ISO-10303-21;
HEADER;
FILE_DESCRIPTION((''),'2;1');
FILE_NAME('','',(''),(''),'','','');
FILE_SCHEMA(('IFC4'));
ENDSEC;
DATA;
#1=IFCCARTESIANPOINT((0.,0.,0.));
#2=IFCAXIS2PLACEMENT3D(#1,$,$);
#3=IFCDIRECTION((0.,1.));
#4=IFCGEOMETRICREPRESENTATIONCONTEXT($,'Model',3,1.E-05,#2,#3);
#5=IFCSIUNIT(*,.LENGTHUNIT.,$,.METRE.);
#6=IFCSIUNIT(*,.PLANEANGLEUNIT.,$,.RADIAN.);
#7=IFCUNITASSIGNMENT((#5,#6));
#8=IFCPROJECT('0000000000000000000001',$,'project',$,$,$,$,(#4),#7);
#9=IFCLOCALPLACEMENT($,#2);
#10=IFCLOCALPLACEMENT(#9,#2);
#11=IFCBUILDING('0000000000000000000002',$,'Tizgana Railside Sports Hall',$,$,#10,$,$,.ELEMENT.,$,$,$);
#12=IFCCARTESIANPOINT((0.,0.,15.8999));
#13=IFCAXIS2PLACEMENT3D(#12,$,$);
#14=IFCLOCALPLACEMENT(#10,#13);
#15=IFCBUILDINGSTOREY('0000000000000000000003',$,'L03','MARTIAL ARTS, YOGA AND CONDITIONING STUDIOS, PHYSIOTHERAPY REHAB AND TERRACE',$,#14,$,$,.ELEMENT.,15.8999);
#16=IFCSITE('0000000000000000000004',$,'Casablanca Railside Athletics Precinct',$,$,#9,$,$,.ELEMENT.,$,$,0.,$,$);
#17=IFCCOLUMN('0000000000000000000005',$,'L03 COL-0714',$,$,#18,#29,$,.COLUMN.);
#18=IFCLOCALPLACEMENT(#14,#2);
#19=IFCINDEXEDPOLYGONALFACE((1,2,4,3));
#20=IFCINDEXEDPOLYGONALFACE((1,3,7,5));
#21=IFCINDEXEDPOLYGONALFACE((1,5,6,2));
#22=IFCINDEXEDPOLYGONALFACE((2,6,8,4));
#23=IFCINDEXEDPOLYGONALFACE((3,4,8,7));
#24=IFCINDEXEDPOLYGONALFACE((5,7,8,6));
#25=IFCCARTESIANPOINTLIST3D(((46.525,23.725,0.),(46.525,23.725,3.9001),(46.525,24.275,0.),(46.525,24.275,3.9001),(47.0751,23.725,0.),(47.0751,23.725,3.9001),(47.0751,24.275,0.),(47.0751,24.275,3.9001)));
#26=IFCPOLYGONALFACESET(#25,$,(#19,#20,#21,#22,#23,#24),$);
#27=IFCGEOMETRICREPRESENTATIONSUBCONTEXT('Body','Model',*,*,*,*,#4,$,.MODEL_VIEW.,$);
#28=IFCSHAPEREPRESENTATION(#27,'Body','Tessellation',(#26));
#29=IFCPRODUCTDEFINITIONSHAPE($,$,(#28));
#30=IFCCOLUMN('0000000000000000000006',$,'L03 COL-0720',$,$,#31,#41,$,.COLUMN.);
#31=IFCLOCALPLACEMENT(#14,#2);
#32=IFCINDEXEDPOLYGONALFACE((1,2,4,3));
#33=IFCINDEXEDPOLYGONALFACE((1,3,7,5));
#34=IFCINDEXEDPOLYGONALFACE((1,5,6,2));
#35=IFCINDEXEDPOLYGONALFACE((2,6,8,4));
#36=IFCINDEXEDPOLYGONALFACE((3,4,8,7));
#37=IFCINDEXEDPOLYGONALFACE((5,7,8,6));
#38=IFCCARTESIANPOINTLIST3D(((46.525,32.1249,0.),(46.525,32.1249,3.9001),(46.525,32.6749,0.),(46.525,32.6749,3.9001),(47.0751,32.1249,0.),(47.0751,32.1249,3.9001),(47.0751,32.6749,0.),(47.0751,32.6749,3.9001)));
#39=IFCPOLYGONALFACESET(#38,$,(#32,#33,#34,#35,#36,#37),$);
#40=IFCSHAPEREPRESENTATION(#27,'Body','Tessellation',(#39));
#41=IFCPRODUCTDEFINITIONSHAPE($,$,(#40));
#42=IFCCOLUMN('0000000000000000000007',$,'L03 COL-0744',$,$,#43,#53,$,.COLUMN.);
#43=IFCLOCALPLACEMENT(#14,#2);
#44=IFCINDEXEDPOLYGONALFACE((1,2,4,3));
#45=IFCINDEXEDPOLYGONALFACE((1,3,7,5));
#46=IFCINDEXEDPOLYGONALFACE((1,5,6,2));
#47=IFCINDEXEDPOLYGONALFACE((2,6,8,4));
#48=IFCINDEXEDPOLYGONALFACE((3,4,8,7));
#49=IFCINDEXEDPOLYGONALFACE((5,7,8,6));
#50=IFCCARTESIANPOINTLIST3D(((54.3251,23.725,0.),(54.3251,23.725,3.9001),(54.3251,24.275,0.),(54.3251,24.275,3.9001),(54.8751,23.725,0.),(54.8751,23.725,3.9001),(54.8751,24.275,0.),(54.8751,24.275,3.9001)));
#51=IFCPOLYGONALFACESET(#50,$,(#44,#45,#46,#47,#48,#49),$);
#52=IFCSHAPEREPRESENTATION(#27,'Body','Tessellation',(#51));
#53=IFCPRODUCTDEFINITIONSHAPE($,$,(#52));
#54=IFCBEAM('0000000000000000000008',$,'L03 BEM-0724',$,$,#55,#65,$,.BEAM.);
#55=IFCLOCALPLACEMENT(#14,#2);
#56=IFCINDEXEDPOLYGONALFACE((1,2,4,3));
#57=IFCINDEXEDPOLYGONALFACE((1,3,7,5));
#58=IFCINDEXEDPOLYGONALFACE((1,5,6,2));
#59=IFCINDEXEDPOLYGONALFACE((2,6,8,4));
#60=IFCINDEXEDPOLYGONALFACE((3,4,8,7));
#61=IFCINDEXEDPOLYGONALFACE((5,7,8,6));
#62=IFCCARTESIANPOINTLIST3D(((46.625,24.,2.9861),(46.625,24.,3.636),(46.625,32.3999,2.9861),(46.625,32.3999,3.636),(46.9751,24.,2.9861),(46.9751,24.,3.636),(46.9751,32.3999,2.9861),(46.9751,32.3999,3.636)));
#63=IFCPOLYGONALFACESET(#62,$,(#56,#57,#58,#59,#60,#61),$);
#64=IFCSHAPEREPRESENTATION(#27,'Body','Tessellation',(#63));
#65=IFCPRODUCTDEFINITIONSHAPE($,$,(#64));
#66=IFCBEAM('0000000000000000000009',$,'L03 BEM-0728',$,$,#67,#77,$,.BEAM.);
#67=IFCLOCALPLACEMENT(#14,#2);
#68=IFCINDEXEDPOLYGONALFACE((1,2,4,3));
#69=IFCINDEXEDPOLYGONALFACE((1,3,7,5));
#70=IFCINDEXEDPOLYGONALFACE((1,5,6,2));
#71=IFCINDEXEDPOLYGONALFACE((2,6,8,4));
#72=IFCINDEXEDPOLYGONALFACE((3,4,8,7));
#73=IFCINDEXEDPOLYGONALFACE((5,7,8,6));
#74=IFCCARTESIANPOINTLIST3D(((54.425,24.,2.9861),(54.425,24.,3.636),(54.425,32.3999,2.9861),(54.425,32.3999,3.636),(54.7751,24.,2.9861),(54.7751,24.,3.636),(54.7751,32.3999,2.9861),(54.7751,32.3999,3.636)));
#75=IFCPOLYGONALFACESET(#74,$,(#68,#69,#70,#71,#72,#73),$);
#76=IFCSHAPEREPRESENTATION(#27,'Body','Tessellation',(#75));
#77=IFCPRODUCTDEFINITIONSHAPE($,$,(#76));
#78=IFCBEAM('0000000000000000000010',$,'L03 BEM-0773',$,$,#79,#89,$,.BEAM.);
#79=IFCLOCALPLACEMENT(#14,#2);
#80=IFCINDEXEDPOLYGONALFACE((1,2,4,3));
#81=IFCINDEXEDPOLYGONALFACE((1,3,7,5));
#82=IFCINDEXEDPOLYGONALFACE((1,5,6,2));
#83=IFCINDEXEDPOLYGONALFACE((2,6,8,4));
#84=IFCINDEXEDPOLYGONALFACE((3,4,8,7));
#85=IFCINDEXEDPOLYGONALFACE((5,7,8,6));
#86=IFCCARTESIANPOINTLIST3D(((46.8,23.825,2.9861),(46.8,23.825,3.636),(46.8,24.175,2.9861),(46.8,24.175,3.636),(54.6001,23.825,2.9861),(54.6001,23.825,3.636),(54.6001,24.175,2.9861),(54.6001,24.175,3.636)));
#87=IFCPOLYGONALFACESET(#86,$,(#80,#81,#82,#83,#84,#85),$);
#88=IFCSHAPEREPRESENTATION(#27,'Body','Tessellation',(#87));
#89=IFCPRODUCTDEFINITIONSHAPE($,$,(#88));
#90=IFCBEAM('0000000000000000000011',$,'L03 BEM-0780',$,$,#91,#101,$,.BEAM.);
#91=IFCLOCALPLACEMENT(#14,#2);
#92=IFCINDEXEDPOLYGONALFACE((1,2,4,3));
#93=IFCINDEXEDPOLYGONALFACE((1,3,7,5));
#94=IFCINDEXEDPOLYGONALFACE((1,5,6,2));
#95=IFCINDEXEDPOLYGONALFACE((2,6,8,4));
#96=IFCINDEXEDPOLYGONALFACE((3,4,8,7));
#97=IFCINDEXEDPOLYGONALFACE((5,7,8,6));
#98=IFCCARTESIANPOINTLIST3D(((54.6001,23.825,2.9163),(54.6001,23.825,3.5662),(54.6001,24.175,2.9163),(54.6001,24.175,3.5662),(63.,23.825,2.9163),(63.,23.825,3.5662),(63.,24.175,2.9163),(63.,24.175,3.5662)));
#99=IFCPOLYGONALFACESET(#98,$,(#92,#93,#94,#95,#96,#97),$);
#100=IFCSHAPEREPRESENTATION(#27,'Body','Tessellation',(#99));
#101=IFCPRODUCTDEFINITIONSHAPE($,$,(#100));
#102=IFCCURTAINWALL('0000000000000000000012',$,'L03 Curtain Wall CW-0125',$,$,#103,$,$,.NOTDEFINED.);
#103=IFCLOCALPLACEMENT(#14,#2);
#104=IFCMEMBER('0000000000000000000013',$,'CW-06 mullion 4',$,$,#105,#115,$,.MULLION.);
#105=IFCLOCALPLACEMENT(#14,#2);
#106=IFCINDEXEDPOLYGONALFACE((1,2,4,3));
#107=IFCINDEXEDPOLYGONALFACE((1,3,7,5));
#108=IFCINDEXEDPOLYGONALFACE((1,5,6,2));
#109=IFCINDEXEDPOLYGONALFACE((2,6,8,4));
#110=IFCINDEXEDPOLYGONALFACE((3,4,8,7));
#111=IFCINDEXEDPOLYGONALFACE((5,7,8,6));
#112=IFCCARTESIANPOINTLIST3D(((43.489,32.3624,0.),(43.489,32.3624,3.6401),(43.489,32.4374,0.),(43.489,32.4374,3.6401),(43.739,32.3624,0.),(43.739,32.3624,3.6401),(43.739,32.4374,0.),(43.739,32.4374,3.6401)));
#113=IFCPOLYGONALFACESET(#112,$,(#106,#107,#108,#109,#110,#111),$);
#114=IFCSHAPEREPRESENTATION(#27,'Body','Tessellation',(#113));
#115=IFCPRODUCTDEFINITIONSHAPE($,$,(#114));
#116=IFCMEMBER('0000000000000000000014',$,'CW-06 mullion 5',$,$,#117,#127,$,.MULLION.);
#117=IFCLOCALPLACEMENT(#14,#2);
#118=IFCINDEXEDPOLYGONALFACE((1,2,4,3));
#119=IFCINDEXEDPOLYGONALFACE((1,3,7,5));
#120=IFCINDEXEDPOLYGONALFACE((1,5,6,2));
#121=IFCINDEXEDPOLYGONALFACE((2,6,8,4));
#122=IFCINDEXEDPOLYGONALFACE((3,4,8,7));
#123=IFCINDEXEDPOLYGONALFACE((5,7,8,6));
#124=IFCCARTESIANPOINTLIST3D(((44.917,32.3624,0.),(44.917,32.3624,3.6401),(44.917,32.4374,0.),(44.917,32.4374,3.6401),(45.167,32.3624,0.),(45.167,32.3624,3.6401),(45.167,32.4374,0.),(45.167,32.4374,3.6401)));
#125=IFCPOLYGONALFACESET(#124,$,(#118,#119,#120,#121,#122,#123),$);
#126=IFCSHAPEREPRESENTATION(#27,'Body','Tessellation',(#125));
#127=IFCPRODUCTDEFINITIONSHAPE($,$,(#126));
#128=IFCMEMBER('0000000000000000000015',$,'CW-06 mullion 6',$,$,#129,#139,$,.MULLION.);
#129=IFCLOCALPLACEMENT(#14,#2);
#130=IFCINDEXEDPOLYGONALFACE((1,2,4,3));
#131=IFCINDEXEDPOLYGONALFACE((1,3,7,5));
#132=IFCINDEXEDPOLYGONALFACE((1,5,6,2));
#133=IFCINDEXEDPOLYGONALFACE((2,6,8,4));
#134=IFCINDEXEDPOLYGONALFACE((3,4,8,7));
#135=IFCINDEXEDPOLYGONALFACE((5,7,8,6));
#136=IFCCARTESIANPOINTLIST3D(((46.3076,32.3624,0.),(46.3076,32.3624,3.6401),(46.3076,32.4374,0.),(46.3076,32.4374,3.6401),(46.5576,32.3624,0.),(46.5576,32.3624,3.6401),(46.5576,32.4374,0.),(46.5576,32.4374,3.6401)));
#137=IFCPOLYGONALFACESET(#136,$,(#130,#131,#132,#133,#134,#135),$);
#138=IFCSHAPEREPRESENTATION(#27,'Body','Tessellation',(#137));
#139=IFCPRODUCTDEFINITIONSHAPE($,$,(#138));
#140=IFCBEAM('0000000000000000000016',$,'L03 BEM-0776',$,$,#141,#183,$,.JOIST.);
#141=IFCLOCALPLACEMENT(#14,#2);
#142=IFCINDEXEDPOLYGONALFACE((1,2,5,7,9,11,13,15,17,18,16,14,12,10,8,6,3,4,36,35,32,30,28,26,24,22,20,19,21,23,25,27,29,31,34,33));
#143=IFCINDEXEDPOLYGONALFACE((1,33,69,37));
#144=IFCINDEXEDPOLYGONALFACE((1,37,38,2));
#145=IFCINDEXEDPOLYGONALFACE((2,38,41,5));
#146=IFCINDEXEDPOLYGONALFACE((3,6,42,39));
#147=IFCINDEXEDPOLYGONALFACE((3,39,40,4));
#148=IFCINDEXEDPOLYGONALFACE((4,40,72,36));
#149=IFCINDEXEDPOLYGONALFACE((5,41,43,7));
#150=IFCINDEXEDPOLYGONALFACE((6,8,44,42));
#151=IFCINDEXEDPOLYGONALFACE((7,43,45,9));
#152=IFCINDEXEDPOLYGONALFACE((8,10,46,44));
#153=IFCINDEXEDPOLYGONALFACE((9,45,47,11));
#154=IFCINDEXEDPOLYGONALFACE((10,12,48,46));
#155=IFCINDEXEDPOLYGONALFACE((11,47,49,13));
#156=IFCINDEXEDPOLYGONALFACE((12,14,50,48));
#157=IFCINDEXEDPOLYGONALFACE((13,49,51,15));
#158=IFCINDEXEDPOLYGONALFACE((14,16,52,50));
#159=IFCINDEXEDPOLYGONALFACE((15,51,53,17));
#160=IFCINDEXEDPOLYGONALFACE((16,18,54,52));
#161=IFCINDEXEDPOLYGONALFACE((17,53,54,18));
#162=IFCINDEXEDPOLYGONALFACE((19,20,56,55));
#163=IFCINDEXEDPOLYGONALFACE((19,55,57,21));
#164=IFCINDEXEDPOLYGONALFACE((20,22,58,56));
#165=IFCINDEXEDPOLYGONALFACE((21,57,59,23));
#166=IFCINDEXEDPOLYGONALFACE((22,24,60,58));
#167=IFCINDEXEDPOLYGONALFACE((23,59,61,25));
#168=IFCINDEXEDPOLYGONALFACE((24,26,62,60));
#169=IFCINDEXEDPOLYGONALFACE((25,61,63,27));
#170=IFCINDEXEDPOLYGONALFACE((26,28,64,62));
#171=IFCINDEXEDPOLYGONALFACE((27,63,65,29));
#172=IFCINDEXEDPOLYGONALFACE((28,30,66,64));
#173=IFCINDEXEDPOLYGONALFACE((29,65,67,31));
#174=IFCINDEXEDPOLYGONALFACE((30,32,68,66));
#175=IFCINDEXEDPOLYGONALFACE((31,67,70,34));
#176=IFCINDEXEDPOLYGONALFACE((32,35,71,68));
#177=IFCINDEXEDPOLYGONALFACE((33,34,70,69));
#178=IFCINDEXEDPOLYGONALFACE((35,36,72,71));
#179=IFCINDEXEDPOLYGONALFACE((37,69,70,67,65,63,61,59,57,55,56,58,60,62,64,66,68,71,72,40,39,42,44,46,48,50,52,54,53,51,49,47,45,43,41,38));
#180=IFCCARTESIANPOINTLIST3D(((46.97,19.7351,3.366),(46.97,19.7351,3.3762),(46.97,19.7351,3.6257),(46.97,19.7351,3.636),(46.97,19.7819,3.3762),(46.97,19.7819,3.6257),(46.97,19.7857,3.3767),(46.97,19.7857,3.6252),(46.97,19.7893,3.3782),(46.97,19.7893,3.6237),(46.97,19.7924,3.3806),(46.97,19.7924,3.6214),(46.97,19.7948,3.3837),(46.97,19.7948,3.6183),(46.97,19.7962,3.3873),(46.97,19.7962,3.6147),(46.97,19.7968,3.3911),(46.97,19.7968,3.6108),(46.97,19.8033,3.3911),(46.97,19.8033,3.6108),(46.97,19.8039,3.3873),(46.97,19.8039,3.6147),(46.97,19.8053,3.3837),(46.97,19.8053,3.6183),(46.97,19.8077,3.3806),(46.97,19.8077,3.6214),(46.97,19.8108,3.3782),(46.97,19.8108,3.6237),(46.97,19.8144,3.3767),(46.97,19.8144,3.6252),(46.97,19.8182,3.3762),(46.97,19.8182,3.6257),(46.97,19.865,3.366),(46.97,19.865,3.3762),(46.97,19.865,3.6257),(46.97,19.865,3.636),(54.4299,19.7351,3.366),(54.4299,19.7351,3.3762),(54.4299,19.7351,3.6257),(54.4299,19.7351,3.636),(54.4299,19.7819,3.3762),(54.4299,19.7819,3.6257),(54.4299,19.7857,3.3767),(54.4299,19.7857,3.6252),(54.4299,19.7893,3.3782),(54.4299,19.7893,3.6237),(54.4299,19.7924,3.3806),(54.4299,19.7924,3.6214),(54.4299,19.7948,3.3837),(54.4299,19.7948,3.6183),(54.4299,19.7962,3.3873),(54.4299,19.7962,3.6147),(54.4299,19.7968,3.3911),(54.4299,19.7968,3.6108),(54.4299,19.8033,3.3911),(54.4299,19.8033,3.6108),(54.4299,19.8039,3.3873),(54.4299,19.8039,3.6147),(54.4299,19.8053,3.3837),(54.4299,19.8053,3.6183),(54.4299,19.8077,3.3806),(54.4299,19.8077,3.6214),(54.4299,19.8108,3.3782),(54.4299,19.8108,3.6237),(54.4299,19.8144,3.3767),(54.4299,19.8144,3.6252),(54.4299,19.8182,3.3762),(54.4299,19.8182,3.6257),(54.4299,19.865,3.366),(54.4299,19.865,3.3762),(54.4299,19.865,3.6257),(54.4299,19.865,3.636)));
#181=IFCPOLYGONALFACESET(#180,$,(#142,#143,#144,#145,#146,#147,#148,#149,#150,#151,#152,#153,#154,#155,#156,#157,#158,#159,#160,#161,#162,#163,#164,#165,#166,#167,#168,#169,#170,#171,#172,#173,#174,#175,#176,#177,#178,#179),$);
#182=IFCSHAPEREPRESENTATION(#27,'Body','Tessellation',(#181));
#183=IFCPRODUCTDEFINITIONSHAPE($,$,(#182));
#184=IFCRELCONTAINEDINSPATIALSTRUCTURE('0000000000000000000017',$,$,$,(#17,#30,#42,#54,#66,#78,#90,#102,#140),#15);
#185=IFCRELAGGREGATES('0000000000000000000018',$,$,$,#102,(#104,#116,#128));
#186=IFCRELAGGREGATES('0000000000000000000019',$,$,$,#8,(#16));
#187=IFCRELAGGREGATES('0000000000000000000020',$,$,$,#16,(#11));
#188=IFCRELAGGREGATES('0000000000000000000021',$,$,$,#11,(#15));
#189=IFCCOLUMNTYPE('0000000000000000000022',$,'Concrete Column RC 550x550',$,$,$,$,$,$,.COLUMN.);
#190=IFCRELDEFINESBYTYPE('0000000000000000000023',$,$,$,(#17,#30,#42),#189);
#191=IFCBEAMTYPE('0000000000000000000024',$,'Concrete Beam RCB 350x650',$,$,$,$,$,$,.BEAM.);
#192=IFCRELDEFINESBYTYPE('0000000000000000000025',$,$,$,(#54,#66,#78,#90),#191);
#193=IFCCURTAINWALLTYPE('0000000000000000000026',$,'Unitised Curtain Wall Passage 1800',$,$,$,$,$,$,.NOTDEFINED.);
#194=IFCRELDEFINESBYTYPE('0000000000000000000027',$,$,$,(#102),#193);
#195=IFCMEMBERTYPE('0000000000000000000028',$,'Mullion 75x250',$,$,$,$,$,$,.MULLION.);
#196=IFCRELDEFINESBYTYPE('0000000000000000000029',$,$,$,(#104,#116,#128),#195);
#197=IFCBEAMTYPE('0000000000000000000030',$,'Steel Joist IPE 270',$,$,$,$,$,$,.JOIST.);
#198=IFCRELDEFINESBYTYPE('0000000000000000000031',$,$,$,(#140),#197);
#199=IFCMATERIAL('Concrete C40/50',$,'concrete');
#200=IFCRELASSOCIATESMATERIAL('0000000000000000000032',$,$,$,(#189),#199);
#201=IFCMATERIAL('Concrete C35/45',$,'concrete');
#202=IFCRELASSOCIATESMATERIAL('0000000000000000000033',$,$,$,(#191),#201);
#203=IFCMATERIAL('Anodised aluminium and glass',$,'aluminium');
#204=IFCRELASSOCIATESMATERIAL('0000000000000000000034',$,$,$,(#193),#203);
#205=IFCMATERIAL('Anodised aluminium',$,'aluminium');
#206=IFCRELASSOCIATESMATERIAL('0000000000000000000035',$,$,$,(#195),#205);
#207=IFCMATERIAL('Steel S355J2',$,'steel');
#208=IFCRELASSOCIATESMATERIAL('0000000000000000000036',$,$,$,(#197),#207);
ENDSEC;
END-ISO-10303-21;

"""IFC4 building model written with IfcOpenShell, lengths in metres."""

from ifc_helpers import new_model, si_unit, direction, frame, origin, origin_2d, place, context, subcontext, project, spatial, rectangle, i_section, extrude, material, material_profile, profile_set, type_object, element, aggregate, save


model = new_model("IFC4")

# Units and contexts
model_context = context("Model", 3, precision=1e-05, world=origin(), true_north=direction((0.0, 1.0)))
body_context = subcontext(model_context, "Body", "Model", "MODEL_VIEW")
ifc_project = project(units=[si_unit("LENGTHUNIT", "METRE"), si_unit("PLANEANGLEUNIT", "RADIAN")], contexts=[model_context])

# Site, building, storey
site_placement = place(None, origin())
site = spatial("IfcSite", under=ifc_project, at=site_placement, Name="Casablanca Railside Athletics Precinct", CompositionType="ELEMENT", RefElevation=0.0)
building_placement = place(site_placement, origin())
building = spatial("IfcBuilding", under=site, at=building_placement, Name="Tizgana Railside Sports Hall", CompositionType="ELEMENT")
storey_placement = place(building_placement, frame((0.0, 0.0, 15.8999)))
storey = spatial("IfcBuildingStorey", under=building, at=storey_placement, Name="L03", Description="MARTIAL ARTS, YOGA AND CONDITIONING STUDIOS, PHYSIOTHERAPY REHAB AND TERRACE", CompositionType="ELEMENT", Elevation=15.8999)

# Columns
ifc_material_1 = material(Name="Concrete C40/50", Category="concrete")
ifc_material_profile_1 = material_profile(ifc_material_1, rectangle(XDim=0.55, YDim=0.55, at=origin_2d()), Name="RC 550x550")
ifc_profile_set_1 = profile_set([ifc_material_profile_1], Name="Concrete C40/50")
column_type = type_object("IfcColumnType", Name="Concrete Column RC 550x550", PredefinedType="COLUMN", material=ifc_profile_set_1)
for number, where, z_axis, x_axis, name in (
    (1, (46.8, 24.0, 0.0), (0.0, 0.0, 1.0), (1.0, 0.0, 0.0), "L03 COL-0714"),
    (2, (46.8, 32.3999, 0.0), (0.0, 0.0, 1.0), (1.0, 0.0, 0.0), "L03 COL-0720"),
    (3, (54.6001, 24.0, 0.0), (0.0, 0.0, 1.0), (1.0, 0.0, 0.0), "L03 COL-0744"),
):
    element("IfcColumn", number, at=place(storey_placement, frame(where, z_axis=z_axis, x_axis=x_axis)), inside=storey, type_object=column_type, Name=name, PredefinedType="COLUMN", context=body_context, shape_type="SweptSolid", body=[
        extrude(rectangle(XDim=0.55, YDim=0.55, at=origin_2d()), origin(), (0.0, 0.0, 1.0), 3.9001),
    ])

# Beams
ifc_material_2 = material(Name="Concrete C35/45", Category="concrete")
ifc_material_profile_2 = material_profile(ifc_material_2, rectangle(XDim=0.3501, YDim=0.6499, at=origin_2d()), Name="RCB 350x650")
ifc_profile_set_2 = profile_set([ifc_material_profile_2], Name="Concrete C35/45")
beam_type_1 = type_object("IfcBeamType", Name="Concrete Beam RCB 350x650", PredefinedType="BEAM", material=ifc_profile_set_2)
for number, where, z_axis, x_axis, name in (
    (4, (46.8, 24.0, 3.311), (0.0, 1.0, 0.0), (-1.0, 0.0, 0.0), "L03 BEM-0724"),
    (5, (54.6001, 24.0, 3.311), (0.0, 1.0, 0.0), (-1.0, 0.0, 0.0), "L03 BEM-0728"),
):
    element("IfcBeam", number, at=place(storey_placement, frame(where, z_axis=z_axis, x_axis=x_axis)), inside=storey, type_object=beam_type_1, Name=name, PredefinedType="BEAM", context=body_context, shape_type="SweptSolid", body=[
        extrude(rectangle(XDim=0.3501, YDim=0.6499, at=origin_2d()), origin(), (0.0, 0.0, 1.0), 8.3999),
    ])
beam_1_placement = place(storey_placement, frame((46.8, 24.0, 3.311), z_axis=(1.0, 0.0, 0.0), x_axis=(0.0, 1.0, 0.0)))
element("IfcBeam", 6, at=beam_1_placement, inside=storey, type_object=beam_type_1, Name="L03 BEM-0773", PredefinedType="BEAM", context=body_context, shape_type="SweptSolid", body=[
    extrude(rectangle(XDim=0.3501, YDim=0.6499, at=origin_2d()), origin(), (0.0, 0.0, 1.0), 7.8),
])
beam_2_placement = place(storey_placement, frame((54.6001, 24.0, 3.2412), z_axis=(1.0, 0.0, 0.0), x_axis=(0.0, 1.0, 0.0)))
element("IfcBeam", 7, at=beam_2_placement, inside=storey, type_object=beam_type_1, Name="L03 BEM-0780", PredefinedType="BEAM", context=body_context, shape_type="SweptSolid", body=[
    extrude(rectangle(XDim=0.3501, YDim=0.6499, at=origin_2d()), origin(), (0.0, 0.0, 1.0), 8.3999),
])

# Curtain wall, members
ifc_material_3 = material(Name="Anodised aluminium and glass", Category="aluminium")
curtain_wall_type = type_object("IfcCurtainWallType", Name="Unitised Curtain Wall Passage 1800", PredefinedType="NOTDEFINED", material=ifc_material_3)
curtain_wall_placement = place(storey_placement, origin())
curtain_wall = element("IfcCurtainWall", 8, at=curtain_wall_placement, inside=storey, type_object=curtain_wall_type, Name="L03 Curtain Wall CW-0125", PredefinedType="NOTDEFINED")
ifc_material_4 = material(Name="Anodised aluminium", Category="aluminium")
ifc_material_profile_3 = material_profile(ifc_material_4, rectangle(XDim=0.075, YDim=0.25, at=origin_2d()), Name="Mullion 75x250")
ifc_profile_set_3 = profile_set([ifc_material_profile_3], Name="Anodised aluminium")
member_type_1 = type_object("IfcMemberType", Name="Mullion 75x250", PredefinedType="MULLION", material=ifc_profile_set_3)
member_1_placement = place(storey_placement, frame((43.614, 32.3999, 0.0), z_axis=(0.0, 0.0, 1.0), x_axis=(0.0, 1.0, 0.0)))
member_1 = element("IfcMember", 9, at=member_1_placement, type_object=member_type_1, Name="CW-06 mullion 4", PredefinedType="MULLION", context=body_context, shape_type="SweptSolid", body=[
    extrude(rectangle(XDim=0.075, YDim=0.25, at=origin_2d()), origin(), (0.0, 0.0, 1.0), 3.6401),
])
member_2_placement = place(storey_placement, frame((45.042, 32.3999, 0.0), z_axis=(0.0, 0.0, 1.0), x_axis=(0.0, 1.0, 0.0)))
member_2 = element("IfcMember", 10, at=member_2_placement, type_object=member_type_1, Name="CW-06 mullion 5", PredefinedType="MULLION", context=body_context, shape_type="SweptSolid", body=[
    extrude(rectangle(XDim=0.075, YDim=0.25, at=origin_2d()), origin(), (0.0, 0.0, 1.0), 3.6401),
])
member_3_placement = place(storey_placement, frame((46.4326, 32.3999, 0.0), z_axis=(0.0, 0.0, 1.0), x_axis=(0.0, 1.0, 0.0)))
member_3 = element("IfcMember", 11, at=member_3_placement, type_object=member_type_1, Name="CW-06 mullion 6", PredefinedType="MULLION", context=body_context, shape_type="SweptSolid", body=[
    extrude(rectangle(XDim=0.075, YDim=0.25, at=origin_2d()), origin(), (0.0, 0.0, 1.0), 3.6401),
])

# Beam
ifc_material_5 = material(Name="Steel S355J2", Category="steel")
ifc_material_profile_4 = material_profile(ifc_material_5, i_section(OverallWidth=0.1299, OverallDepth=0.27, WebThickness=0.0066, FlangeThickness=0.0103, FilletRadius=0.0149, at=origin_2d()), Name="IPE 270")
ifc_profile_set_4 = profile_set([ifc_material_profile_4], Name="Steel S355J2")
beam_type_2 = type_object("IfcBeamType", Name="Steel Joist IPE 270", PredefinedType="JOIST", material=ifc_profile_set_4)
for number, where, z_axis, x_axis, name in (
    (12, (46.97, 19.8, 3.501), (1.0, 0.0, 0.0), (0.0, 1.0, 0.0), "L03 BEM-0776"),
):
    element("IfcBeam", number, at=place(storey_placement, frame(where, z_axis=z_axis, x_axis=x_axis)), inside=storey, type_object=beam_type_2, Name=name, PredefinedType="JOIST", context=body_context, shape_type="SweptSolid", body=[
        extrude(i_section(OverallWidth=0.1299, OverallDepth=0.27, WebThickness=0.0066, FlangeThickness=0.0103, FilletRadius=0.0149, at=origin_2d()), origin(), (0.0, 0.0, 1.0), 7.46),
    ])

aggregate(curtain_wall, [member_1, member_2, member_3])

save(model, "model.ifc")
